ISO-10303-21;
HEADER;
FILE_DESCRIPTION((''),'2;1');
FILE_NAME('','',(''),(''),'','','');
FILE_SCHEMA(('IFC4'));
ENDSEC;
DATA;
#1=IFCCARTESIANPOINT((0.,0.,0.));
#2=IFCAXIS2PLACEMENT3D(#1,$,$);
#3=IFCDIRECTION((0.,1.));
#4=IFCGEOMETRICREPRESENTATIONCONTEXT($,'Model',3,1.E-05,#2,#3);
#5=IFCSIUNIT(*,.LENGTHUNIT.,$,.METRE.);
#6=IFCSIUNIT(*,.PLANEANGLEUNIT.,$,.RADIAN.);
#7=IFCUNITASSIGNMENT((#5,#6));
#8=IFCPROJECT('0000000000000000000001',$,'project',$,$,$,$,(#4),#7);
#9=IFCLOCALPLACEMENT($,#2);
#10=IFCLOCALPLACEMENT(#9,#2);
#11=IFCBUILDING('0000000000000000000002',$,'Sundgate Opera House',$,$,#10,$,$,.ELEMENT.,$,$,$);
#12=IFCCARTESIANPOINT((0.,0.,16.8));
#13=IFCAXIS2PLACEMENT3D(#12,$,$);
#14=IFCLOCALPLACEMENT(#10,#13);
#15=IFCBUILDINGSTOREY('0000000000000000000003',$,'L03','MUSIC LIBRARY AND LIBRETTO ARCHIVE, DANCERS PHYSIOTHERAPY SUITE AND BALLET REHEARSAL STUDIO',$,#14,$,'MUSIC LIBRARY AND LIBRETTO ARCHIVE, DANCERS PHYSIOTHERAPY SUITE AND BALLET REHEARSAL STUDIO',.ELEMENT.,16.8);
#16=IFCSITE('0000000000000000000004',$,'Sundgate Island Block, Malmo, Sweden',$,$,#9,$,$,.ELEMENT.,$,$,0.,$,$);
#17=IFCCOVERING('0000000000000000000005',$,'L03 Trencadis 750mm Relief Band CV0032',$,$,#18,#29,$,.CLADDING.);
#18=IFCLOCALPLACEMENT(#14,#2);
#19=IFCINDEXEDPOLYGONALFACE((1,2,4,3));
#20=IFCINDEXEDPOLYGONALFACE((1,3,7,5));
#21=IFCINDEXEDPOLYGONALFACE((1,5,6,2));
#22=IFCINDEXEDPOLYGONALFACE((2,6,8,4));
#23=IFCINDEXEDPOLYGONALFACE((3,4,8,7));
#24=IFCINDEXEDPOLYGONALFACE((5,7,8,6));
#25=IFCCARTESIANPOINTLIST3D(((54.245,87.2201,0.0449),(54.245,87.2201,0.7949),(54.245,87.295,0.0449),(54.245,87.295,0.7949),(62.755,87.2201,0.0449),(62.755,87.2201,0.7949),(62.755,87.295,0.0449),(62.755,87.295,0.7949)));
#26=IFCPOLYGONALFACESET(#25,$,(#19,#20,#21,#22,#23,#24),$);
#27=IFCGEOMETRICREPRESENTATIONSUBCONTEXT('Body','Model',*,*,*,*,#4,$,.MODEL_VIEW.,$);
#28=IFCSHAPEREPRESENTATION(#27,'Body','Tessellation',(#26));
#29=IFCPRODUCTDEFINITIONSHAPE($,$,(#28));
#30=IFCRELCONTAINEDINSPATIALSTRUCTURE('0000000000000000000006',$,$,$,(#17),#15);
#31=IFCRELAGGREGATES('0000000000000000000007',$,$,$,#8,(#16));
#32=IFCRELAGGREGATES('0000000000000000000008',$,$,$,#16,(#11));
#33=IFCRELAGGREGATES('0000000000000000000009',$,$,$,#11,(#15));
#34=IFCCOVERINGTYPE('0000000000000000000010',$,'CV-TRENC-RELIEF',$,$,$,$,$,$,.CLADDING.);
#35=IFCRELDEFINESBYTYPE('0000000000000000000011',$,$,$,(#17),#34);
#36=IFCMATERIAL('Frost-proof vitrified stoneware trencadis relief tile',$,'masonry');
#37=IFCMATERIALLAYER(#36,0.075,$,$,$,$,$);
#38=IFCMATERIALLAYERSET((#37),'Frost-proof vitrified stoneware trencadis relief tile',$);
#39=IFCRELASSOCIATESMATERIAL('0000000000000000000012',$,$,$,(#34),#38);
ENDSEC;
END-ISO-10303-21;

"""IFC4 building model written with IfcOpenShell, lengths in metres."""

from ifc_helpers import new_model, si_unit, direction, frame, origin, origin_2d, place, context, subcontext, project, spatial, rectangle, extrude, material, layer, layer_set, type_object, element, save


model = new_model("IFC4")

# Units and contexts
model_context = context("Model", 3, precision=1e-05, world=origin(), true_north=direction((0.0, 1.0)))
body_context = subcontext(model_context, "Body", "Model", "MODEL_VIEW")
ifc_project = project(units=[si_unit("LENGTHUNIT", "METRE"), si_unit("PLANEANGLEUNIT", "RADIAN")], contexts=[model_context])

# Site, building, storey
site_placement = place(None, origin())
site = spatial("IfcSite", under=ifc_project, at=site_placement, Name="Sundgate Island Block, Malmo, Sweden", CompositionType="ELEMENT", RefElevation=0.0)
building_placement = place(site_placement, origin())
building = spatial("IfcBuilding", under=site, at=building_placement, Name="Sundgate Opera House", CompositionType="ELEMENT")
storey_placement = place(building_placement, frame((0.0, 0.0, 16.8)))
storey = spatial("IfcBuildingStorey", under=building, at=storey_placement, Name="L03", Description="MUSIC LIBRARY AND LIBRETTO ARCHIVE, DANCERS PHYSIOTHERAPY SUITE AND BALLET REHEARSAL STUDIO", LongName="MUSIC LIBRARY AND LIBRETTO ARCHIVE, DANCERS PHYSIOTHERAPY SUITE AND BALLET REHEARSAL STUDIO", CompositionType="ELEMENT", Elevation=16.8)

# Covering
ifc_material_1 = material(Name="Frost-proof vitrified stoneware trencadis relief tile", Category="masonry")
ifc_layer_1 = layer(ifc_material_1, 0.075)
ifc_layer_set_1 = layer_set([ifc_layer_1], Name="Frost-proof vitrified stoneware trencadis relief tile")
covering_type = type_object("IfcCoveringType", Name="CV-TRENC-RELIEF", PredefinedType="CLADDING", material=ifc_layer_set_1)
covering_placement = place(storey_placement, frame((58.5, 87.2576, 0.0449), z_axis=(0.0, 0.0, 1.0), x_axis=(1.0, 0.0, 0.0)))
element("IfcCovering", 1, at=covering_placement, inside=storey, type_object=covering_type, Name="L03 Trencadis 750mm Relief Band CV0032", PredefinedType="CLADDING", context=body_context, shape_type="SweptSolid", body=[
    extrude(rectangle(XDim=8.51, YDim=0.075, at=origin_2d()), origin(), (0.0, 0.0, 1.0), 0.75),
])

save(model, "model.ifc")
